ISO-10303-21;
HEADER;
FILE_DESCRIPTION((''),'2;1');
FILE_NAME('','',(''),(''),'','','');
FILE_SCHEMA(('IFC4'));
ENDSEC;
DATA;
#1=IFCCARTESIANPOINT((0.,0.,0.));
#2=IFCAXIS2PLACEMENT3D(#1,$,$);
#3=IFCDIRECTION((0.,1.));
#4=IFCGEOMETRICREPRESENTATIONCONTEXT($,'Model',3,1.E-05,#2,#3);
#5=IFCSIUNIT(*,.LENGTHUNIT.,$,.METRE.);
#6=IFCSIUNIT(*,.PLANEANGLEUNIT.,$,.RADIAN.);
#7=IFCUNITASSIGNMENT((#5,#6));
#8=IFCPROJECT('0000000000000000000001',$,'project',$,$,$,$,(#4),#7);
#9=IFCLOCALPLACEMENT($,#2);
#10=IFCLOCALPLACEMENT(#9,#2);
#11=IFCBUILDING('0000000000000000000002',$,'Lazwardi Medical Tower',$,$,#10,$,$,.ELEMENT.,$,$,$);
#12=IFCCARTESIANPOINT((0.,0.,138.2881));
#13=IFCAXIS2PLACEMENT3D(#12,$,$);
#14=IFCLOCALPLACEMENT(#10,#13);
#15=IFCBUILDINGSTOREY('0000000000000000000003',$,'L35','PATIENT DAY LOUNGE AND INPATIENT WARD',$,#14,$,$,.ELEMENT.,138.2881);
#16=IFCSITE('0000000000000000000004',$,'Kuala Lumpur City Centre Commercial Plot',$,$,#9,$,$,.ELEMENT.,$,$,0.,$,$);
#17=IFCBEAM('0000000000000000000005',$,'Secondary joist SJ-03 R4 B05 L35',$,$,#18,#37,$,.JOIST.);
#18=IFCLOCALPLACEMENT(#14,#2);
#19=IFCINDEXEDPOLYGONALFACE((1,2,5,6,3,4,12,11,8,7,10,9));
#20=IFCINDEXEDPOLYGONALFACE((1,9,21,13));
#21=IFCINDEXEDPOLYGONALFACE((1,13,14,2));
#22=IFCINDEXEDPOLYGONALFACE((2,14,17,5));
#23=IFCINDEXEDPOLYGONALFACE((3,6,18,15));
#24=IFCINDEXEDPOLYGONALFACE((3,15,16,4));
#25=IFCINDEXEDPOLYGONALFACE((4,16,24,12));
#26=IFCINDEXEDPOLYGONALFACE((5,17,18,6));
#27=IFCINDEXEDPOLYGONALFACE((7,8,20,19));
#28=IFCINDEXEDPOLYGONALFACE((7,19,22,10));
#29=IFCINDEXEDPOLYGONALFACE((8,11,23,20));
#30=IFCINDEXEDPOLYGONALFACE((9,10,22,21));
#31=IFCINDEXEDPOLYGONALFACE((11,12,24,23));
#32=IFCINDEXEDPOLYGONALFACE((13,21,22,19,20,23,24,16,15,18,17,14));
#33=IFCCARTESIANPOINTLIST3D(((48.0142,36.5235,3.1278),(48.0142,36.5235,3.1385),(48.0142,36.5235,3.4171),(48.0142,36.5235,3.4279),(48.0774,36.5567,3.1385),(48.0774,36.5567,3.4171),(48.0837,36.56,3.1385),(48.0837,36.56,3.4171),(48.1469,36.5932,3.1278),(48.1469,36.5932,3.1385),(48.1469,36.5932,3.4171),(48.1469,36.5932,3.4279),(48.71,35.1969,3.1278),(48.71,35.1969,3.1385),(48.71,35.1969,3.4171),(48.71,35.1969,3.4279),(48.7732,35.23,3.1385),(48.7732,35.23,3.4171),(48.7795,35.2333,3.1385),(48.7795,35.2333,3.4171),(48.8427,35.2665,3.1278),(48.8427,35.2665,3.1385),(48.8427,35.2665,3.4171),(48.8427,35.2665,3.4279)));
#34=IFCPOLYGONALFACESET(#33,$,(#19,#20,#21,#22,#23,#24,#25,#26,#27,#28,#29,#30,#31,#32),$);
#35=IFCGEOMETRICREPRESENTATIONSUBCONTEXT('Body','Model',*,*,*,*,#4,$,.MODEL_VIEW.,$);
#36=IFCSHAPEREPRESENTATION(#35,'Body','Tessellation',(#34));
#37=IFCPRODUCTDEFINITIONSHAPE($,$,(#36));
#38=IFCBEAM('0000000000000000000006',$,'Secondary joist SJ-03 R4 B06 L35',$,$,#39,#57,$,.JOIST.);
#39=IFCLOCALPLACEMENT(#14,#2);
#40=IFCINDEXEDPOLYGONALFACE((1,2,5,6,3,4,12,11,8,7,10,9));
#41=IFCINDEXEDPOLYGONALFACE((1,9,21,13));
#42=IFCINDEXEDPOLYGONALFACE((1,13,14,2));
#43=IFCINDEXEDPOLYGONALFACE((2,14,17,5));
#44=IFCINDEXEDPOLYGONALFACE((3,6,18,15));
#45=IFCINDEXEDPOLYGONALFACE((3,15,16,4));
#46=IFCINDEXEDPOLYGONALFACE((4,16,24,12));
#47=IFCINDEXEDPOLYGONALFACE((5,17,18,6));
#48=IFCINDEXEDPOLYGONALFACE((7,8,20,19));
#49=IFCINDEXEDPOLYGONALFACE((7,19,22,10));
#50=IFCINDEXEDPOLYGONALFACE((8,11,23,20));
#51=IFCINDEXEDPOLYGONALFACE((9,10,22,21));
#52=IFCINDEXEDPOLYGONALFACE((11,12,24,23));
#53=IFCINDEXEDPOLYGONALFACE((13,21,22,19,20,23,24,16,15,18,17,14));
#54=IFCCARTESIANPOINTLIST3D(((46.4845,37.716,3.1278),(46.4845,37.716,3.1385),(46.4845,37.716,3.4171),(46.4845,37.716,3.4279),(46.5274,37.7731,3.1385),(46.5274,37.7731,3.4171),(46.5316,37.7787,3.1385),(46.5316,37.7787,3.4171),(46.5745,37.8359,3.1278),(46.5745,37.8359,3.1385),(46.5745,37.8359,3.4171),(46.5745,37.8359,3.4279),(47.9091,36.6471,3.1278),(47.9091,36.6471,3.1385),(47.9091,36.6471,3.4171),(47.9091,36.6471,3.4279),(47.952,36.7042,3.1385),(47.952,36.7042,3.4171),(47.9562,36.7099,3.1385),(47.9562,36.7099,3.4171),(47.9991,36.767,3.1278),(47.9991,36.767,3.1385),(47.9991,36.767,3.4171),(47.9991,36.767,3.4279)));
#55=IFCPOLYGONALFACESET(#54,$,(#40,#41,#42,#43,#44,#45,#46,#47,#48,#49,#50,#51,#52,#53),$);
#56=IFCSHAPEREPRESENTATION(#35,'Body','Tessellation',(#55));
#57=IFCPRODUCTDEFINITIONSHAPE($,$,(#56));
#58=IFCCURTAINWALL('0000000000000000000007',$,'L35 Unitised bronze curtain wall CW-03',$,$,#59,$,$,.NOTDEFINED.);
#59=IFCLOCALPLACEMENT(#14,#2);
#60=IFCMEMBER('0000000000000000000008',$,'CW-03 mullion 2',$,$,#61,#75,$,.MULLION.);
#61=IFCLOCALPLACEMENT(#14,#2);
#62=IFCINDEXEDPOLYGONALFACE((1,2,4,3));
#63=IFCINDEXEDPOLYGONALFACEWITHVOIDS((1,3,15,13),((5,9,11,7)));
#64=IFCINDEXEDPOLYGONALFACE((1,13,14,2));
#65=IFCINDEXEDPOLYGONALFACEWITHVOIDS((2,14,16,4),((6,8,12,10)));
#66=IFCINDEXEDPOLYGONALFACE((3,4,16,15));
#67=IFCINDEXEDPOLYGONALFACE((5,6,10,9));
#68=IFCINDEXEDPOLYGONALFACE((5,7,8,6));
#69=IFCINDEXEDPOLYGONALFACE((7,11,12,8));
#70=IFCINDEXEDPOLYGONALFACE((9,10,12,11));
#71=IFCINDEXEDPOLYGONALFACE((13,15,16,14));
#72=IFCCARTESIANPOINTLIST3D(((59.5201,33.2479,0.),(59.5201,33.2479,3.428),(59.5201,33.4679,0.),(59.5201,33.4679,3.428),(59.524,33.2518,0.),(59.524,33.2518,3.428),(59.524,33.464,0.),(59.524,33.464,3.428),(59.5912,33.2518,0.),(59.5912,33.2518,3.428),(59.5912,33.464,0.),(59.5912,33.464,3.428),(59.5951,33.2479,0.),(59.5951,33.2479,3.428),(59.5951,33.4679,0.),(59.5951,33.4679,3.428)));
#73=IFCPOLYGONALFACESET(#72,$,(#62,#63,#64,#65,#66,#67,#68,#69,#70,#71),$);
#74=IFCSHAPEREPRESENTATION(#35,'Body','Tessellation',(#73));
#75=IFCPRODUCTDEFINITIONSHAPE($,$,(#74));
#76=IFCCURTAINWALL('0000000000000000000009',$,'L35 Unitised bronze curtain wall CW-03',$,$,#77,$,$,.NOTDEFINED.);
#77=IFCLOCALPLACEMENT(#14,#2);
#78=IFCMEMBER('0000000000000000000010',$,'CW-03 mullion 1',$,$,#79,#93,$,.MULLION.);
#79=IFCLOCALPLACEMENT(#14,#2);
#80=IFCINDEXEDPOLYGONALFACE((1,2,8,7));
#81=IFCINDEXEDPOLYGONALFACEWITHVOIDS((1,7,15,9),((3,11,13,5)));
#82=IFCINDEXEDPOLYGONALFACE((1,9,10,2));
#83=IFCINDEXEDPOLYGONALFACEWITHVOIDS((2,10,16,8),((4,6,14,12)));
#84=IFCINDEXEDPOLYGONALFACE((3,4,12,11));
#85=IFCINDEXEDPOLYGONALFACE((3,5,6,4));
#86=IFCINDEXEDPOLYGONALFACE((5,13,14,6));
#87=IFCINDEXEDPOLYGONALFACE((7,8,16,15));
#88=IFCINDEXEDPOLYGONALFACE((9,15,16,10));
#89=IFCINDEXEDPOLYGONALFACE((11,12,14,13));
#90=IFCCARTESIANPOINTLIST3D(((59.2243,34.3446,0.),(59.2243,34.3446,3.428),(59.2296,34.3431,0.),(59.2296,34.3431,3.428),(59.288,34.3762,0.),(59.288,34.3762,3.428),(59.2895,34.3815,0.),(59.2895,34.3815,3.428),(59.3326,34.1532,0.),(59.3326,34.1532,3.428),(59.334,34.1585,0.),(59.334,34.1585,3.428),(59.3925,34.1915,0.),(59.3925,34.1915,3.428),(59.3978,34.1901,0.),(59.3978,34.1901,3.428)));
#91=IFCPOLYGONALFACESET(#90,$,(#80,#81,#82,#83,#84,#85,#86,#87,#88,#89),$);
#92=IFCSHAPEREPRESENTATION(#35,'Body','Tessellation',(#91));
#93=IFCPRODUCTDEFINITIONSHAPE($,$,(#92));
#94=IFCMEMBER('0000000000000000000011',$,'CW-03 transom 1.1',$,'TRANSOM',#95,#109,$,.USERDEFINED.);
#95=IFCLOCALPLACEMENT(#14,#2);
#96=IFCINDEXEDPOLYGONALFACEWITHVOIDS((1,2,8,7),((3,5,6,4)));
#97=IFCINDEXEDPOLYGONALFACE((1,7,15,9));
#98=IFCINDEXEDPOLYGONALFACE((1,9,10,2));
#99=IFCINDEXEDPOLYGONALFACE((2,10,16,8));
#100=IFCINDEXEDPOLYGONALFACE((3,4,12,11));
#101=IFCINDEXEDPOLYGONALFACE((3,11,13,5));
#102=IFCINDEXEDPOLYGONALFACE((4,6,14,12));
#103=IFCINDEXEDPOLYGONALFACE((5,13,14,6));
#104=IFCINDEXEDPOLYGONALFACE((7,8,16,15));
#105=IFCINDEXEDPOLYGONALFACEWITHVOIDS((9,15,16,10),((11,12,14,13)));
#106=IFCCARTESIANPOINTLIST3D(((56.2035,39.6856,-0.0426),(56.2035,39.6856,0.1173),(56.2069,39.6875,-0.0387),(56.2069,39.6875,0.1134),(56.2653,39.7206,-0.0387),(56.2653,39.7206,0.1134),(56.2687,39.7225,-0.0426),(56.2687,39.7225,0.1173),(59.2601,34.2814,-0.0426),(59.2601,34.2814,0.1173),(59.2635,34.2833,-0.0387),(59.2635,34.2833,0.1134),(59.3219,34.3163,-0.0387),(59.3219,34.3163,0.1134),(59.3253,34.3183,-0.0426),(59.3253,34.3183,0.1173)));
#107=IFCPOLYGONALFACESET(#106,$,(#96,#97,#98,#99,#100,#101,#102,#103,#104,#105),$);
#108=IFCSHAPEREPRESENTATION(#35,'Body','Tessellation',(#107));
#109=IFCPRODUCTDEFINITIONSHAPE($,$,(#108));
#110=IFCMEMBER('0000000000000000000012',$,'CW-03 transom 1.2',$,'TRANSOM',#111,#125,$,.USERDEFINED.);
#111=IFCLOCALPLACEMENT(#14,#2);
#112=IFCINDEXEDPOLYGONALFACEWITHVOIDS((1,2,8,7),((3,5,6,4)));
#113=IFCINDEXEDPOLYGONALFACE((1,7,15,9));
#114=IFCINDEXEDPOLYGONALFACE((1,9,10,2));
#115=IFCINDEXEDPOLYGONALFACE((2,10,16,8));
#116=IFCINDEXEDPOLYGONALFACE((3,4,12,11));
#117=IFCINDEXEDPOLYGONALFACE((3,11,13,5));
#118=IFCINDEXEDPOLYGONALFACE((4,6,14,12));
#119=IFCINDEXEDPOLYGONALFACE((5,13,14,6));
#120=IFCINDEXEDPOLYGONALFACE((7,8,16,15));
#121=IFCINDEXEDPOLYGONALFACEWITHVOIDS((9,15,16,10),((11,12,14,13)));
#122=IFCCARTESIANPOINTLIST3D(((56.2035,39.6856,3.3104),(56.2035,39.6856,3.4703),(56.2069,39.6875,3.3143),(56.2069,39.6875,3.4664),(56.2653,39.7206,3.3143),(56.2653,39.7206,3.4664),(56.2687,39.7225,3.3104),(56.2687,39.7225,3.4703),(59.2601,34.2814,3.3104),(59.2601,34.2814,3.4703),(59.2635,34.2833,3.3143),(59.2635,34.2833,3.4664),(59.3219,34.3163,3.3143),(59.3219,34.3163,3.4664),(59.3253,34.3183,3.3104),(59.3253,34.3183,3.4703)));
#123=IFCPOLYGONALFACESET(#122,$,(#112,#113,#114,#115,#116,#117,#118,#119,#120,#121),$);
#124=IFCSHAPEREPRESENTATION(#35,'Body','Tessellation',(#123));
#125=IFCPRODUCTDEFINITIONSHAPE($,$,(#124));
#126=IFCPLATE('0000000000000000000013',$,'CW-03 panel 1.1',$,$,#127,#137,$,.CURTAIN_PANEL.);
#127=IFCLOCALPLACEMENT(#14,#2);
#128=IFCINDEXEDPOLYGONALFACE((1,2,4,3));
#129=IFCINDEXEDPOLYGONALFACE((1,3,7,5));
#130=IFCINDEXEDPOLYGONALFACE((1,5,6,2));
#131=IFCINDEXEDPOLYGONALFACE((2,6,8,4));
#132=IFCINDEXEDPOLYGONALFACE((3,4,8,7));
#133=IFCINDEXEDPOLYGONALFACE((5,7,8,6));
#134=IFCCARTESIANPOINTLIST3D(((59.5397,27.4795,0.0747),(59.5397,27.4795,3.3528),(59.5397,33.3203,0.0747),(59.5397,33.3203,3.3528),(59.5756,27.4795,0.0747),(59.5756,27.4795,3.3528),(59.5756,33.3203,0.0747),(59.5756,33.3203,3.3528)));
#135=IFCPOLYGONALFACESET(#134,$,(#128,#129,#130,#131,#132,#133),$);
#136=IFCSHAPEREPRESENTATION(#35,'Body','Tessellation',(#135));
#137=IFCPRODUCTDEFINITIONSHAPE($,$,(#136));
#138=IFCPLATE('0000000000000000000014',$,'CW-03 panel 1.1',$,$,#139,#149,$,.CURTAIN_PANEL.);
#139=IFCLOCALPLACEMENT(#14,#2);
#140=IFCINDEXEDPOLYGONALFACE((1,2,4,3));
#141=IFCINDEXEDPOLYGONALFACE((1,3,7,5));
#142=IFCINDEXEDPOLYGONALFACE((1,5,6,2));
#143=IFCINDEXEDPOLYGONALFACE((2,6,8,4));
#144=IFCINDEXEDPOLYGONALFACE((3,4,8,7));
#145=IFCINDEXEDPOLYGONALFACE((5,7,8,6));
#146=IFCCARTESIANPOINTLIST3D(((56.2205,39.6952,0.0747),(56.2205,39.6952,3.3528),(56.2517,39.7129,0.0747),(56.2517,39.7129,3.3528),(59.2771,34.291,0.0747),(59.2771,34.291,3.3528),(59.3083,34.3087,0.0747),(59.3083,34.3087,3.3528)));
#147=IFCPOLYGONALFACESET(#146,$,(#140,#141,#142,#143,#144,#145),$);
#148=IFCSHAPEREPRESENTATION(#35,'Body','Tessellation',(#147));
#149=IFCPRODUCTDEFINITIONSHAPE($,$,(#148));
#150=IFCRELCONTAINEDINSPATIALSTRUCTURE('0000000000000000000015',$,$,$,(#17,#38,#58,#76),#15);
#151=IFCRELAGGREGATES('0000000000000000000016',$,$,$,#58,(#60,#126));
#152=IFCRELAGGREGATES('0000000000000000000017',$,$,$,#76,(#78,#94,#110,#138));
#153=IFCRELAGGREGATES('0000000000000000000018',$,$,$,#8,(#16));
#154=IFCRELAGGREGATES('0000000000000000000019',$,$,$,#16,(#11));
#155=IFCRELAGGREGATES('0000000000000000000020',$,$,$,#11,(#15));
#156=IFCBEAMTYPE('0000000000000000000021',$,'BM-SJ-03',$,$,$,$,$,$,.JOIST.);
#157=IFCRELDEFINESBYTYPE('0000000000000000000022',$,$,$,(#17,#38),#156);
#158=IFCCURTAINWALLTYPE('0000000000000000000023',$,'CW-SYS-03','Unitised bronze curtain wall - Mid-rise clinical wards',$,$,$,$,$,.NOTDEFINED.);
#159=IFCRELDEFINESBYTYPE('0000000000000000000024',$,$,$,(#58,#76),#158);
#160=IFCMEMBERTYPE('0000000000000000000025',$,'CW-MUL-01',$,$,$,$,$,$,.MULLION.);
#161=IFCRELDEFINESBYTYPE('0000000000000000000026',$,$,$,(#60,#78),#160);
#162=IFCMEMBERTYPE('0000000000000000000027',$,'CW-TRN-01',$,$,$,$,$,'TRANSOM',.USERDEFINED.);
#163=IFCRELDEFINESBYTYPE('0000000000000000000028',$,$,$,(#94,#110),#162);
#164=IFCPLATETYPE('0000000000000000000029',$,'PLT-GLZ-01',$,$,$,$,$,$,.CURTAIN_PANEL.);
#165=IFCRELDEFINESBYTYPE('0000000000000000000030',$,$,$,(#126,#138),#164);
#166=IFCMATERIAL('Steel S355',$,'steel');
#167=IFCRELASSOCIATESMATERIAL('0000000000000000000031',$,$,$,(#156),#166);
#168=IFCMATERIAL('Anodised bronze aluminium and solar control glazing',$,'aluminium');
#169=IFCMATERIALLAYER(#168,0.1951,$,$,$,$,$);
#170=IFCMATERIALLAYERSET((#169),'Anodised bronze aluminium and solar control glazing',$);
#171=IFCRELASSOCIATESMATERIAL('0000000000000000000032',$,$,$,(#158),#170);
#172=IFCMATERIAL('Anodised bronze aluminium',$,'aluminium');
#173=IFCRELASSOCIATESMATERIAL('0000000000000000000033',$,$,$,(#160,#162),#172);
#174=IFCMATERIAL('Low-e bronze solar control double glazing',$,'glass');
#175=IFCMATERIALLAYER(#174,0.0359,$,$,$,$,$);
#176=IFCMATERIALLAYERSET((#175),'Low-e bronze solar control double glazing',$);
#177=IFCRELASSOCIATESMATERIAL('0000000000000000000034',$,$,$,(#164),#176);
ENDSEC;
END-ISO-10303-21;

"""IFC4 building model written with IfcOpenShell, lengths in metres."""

from ifc_helpers import new_model, si_unit, direction, frame, origin, origin_2d, place, context, subcontext, project, spatial, rectangle, hollow_rectangle, i_section, extrude, material, layer, layer_set, material_profile, profile_set, type_object, element, aggregate, save


model = new_model("IFC4")

# Units and contexts
model_context = context("Model", 3, precision=1e-05, world=origin(), true_north=direction((0.0, 1.0)))
body_context = subcontext(model_context, "Body", "Model", "MODEL_VIEW")
ifc_project = project(units=[si_unit("LENGTHUNIT", "METRE"), si_unit("PLANEANGLEUNIT", "RADIAN")], contexts=[model_context])

# Site, building, storey
site_placement = place(None, origin())
site = spatial("IfcSite", under=ifc_project, at=site_placement, Name="Kuala Lumpur City Centre Commercial Plot", CompositionType="ELEMENT", RefElevation=0.0)
building_placement = place(site_placement, origin())
building = spatial("IfcBuilding", under=site, at=building_placement, Name="Lazwardi Medical Tower", CompositionType="ELEMENT")
storey_placement = place(building_placement, frame((0.0, 0.0, 138.2881)))
storey = spatial("IfcBuildingStorey", under=building, at=storey_placement, Name="L35", Description="PATIENT DAY LOUNGE AND INPATIENT WARD", CompositionType="ELEMENT", Elevation=138.2881)

# Beams
ifc_material_1 = material(Name="Steel S355", Category="steel")
ifc_material_profile_1 = material_profile(ifc_material_1, i_section(OverallWidth=0.1499, OverallDepth=0.3, WebThickness=0.0071, FlangeThickness=0.0107, at=origin_2d()), Name="IPE 300")
ifc_profile_set_1 = profile_set([ifc_material_profile_1], Name="Steel S355")
beam_type_1 = type_object("IfcBeamType", Name="BM-SJ-03", PredefinedType="JOIST", material=ifc_profile_set_1)
beam_1_placement = place(storey_placement, frame((48.7764, 35.2317, 3.2778), z_axis=(-0.46447, 0.885589, 0.0), x_axis=(-0.885589, -0.46447, 0.0)))
element("IfcBeam", 1, at=beam_1_placement, inside=storey, type_object=beam_type_1, Name="Secondary joist SJ-03 R4 B05 L35", PredefinedType="JOIST", context=body_context, shape_type="SweptSolid", body=[
    extrude(i_section(OverallWidth=0.1499, OverallDepth=0.3, WebThickness=0.0071, FlangeThickness=0.0107, at=origin_2d()), origin(), (0.0, 0.0, 1.0), 1.498),
])
beam_2_placement = place(storey_placement, frame((47.9541, 36.707, 3.2778), z_axis=(-0.799885, 0.600154, 0.0), x_axis=(-0.600154, -0.799885, 0.0)))
element("IfcBeam", 2, at=beam_2_placement, inside=storey, type_object=beam_type_1, Name="Secondary joist SJ-03 R4 B06 L35", PredefinedType="JOIST", context=body_context, shape_type="SweptSolid", body=[
    extrude(i_section(OverallWidth=0.1499, OverallDepth=0.3, WebThickness=0.0071, FlangeThickness=0.0107, at=origin_2d()), origin(), (0.0, 0.0, 1.0), 1.781),
])

# Curtain wall, member
ifc_material_2 = material(Name="Anodised bronze aluminium and solar control glazing", Category="aluminium")
ifc_layer_1 = layer(ifc_material_2, 0.1951)
ifc_layer_set_1 = layer_set([ifc_layer_1], Name="Anodised bronze aluminium and solar control glazing")
curtain_wall_type = type_object("IfcCurtainWallType", Name="CW-SYS-03", Description="Unitised bronze curtain wall - Mid-rise clinical wards", PredefinedType="NOTDEFINED", material=ifc_layer_set_1)
curtain_wall_1_placement = place(storey_placement, origin())
curtain_wall_1 = element("IfcCurtainWall", 3, at=curtain_wall_1_placement, inside=storey, type_object=curtain_wall_type, Name="L35 Unitised bronze curtain wall CW-03", PredefinedType="NOTDEFINED")
ifc_material_3 = material(Name="Anodised bronze aluminium", Category="aluminium")
ifc_material_profile_2 = material_profile(ifc_material_3, hollow_rectangle(XDim=0.075, YDim=0.22, WallThickness=0.0039, at=origin_2d()), Name="ALU-MULLION 220x75x4")
ifc_profile_set_2 = profile_set([ifc_material_profile_2], Name="Anodised bronze aluminium")
member_type_1 = type_object("IfcMemberType", Name="CW-MUL-01", PredefinedType="MULLION", material=ifc_profile_set_2)
member_1_placement = place(storey_placement, frame((59.5576, 33.3579, 0.0), z_axis=(0.0, 0.0, 1.0), x_axis=(-1.0, 0.0, 0.0)))
member_1 = element("IfcMember", 4, at=member_1_placement, type_object=member_type_1, Name="CW-03 mullion 2", PredefinedType="MULLION", context=body_context, shape_type="SweptSolid", body=[
    extrude(hollow_rectangle(XDim=0.075, YDim=0.22, WallThickness=0.0039, at=origin_2d()), origin(), (0.0, 0.0, 1.0), 3.428),
])

# Curtain wall, members
curtain_wall_2_placement = place(storey_placement, origin())
curtain_wall_2 = element("IfcCurtainWall", 5, at=curtain_wall_2_placement, inside=storey, type_object=curtain_wall_type, Name="L35 Unitised bronze curtain wall CW-03", PredefinedType="NOTDEFINED")
member_2_placement = place(storey_placement, frame((59.311, 34.2673, 0.0), z_axis=(0.0, 0.0, 1.0), x_axis=(-0.870419, -0.492312, 0.0)))
member_2 = element("IfcMember", 6, at=member_2_placement, type_object=member_type_1, Name="CW-03 mullion 1", PredefinedType="MULLION", context=body_context, shape_type="SweptSolid", body=[
    extrude(hollow_rectangle(XDim=0.075, YDim=0.22, WallThickness=0.0039, at=origin_2d()), origin(), (0.0, 0.0, 1.0), 3.428),
])
ifc_material_profile_3 = material_profile(ifc_material_3, hollow_rectangle(XDim=0.075, YDim=0.1599, WallThickness=0.0039, at=origin_2d()), Name="ALU-TRANSOM 160x75x4")
ifc_profile_set_3 = profile_set([ifc_material_profile_3], Name="Anodised bronze aluminium")
member_type_2 = type_object("IfcMemberType", Name="CW-TRN-01", ElementType="TRANSOM", PredefinedType="USERDEFINED", material=ifc_profile_set_3)
member_3_placement = place(storey_placement, frame((59.2927, 34.2998, 0.0374), z_axis=(-0.492306, 0.870422, 0.0), x_axis=(-0.870422, -0.492306, 0.0)))
member_3 = element("IfcMember", 7, at=member_3_placement, type_object=member_type_2, Name="CW-03 transom 1.1", ObjectType="TRANSOM", PredefinedType="USERDEFINED", context=body_context, shape_type="SweptSolid", body=[
    extrude(hollow_rectangle(XDim=0.075, YDim=0.1599, WallThickness=0.0039, at=origin_2d()), origin(), (0.0, 0.0, 1.0), 6.2087),
])
member_4_placement = place(storey_placement, frame((59.2927, 34.2998, 3.3904), z_axis=(-0.492306, 0.870422, 0.0), x_axis=(-0.870422, -0.492306, 0.0)))
member_4 = element("IfcMember", 8, at=member_4_placement, type_object=member_type_2, Name="CW-03 transom 1.2", ObjectType="TRANSOM", PredefinedType="USERDEFINED", context=body_context, shape_type="SweptSolid", body=[
    extrude(hollow_rectangle(XDim=0.075, YDim=0.1599, WallThickness=0.0039, at=origin_2d()), origin(), (0.0, 0.0, 1.0), 6.2087),
])

# Plates
ifc_material_4 = material(Name="Low-e bronze solar control double glazing", Category="glass")
ifc_layer_2 = layer(ifc_material_4, 0.0359)
ifc_layer_set_2 = layer_set([ifc_layer_2], Name="Low-e bronze solar control double glazing")
plate_type = type_object("IfcPlateType", Name="PLT-GLZ-01", PredefinedType="CURTAIN_PANEL", material=ifc_layer_set_2)
plate_1_placement = place(storey_placement, frame((59.5576, 30.3999, 0.0747), z_axis=(0.0, 0.0, 1.0), x_axis=(0.0, 1.0, 0.0)))
plate_1 = element("IfcPlate", 9, at=plate_1_placement, type_object=plate_type, Name="CW-03 panel 1.1", PredefinedType="CURTAIN_PANEL", context=body_context, shape_type="SweptSolid", body=[
    extrude(rectangle(XDim=5.8408, YDim=0.0359, at=origin_2d()), origin(), (0.0, 0.0, 1.0), 3.2781),
])
aggregate(curtain_wall_1, [member_1, plate_1])
plate_2_placement = place(storey_placement, frame((57.7644, 37.002, 0.0747), z_axis=(0.0, 0.0, 1.0), x_axis=(-0.492312, 0.870419, 0.0)))
plate_2 = element("IfcPlate", 10, at=plate_2_placement, type_object=plate_type, Name="CW-03 panel 1.1", PredefinedType="CURTAIN_PANEL", context=body_context, shape_type="SweptSolid", body=[
    extrude(rectangle(XDim=6.2087, YDim=0.0359, at=origin_2d()), origin(), (0.0, 0.0, 1.0), 3.2781),
])
aggregate(curtain_wall_2, [member_2, member_3, member_4, plate_2])

save(model, "model.ifc")
